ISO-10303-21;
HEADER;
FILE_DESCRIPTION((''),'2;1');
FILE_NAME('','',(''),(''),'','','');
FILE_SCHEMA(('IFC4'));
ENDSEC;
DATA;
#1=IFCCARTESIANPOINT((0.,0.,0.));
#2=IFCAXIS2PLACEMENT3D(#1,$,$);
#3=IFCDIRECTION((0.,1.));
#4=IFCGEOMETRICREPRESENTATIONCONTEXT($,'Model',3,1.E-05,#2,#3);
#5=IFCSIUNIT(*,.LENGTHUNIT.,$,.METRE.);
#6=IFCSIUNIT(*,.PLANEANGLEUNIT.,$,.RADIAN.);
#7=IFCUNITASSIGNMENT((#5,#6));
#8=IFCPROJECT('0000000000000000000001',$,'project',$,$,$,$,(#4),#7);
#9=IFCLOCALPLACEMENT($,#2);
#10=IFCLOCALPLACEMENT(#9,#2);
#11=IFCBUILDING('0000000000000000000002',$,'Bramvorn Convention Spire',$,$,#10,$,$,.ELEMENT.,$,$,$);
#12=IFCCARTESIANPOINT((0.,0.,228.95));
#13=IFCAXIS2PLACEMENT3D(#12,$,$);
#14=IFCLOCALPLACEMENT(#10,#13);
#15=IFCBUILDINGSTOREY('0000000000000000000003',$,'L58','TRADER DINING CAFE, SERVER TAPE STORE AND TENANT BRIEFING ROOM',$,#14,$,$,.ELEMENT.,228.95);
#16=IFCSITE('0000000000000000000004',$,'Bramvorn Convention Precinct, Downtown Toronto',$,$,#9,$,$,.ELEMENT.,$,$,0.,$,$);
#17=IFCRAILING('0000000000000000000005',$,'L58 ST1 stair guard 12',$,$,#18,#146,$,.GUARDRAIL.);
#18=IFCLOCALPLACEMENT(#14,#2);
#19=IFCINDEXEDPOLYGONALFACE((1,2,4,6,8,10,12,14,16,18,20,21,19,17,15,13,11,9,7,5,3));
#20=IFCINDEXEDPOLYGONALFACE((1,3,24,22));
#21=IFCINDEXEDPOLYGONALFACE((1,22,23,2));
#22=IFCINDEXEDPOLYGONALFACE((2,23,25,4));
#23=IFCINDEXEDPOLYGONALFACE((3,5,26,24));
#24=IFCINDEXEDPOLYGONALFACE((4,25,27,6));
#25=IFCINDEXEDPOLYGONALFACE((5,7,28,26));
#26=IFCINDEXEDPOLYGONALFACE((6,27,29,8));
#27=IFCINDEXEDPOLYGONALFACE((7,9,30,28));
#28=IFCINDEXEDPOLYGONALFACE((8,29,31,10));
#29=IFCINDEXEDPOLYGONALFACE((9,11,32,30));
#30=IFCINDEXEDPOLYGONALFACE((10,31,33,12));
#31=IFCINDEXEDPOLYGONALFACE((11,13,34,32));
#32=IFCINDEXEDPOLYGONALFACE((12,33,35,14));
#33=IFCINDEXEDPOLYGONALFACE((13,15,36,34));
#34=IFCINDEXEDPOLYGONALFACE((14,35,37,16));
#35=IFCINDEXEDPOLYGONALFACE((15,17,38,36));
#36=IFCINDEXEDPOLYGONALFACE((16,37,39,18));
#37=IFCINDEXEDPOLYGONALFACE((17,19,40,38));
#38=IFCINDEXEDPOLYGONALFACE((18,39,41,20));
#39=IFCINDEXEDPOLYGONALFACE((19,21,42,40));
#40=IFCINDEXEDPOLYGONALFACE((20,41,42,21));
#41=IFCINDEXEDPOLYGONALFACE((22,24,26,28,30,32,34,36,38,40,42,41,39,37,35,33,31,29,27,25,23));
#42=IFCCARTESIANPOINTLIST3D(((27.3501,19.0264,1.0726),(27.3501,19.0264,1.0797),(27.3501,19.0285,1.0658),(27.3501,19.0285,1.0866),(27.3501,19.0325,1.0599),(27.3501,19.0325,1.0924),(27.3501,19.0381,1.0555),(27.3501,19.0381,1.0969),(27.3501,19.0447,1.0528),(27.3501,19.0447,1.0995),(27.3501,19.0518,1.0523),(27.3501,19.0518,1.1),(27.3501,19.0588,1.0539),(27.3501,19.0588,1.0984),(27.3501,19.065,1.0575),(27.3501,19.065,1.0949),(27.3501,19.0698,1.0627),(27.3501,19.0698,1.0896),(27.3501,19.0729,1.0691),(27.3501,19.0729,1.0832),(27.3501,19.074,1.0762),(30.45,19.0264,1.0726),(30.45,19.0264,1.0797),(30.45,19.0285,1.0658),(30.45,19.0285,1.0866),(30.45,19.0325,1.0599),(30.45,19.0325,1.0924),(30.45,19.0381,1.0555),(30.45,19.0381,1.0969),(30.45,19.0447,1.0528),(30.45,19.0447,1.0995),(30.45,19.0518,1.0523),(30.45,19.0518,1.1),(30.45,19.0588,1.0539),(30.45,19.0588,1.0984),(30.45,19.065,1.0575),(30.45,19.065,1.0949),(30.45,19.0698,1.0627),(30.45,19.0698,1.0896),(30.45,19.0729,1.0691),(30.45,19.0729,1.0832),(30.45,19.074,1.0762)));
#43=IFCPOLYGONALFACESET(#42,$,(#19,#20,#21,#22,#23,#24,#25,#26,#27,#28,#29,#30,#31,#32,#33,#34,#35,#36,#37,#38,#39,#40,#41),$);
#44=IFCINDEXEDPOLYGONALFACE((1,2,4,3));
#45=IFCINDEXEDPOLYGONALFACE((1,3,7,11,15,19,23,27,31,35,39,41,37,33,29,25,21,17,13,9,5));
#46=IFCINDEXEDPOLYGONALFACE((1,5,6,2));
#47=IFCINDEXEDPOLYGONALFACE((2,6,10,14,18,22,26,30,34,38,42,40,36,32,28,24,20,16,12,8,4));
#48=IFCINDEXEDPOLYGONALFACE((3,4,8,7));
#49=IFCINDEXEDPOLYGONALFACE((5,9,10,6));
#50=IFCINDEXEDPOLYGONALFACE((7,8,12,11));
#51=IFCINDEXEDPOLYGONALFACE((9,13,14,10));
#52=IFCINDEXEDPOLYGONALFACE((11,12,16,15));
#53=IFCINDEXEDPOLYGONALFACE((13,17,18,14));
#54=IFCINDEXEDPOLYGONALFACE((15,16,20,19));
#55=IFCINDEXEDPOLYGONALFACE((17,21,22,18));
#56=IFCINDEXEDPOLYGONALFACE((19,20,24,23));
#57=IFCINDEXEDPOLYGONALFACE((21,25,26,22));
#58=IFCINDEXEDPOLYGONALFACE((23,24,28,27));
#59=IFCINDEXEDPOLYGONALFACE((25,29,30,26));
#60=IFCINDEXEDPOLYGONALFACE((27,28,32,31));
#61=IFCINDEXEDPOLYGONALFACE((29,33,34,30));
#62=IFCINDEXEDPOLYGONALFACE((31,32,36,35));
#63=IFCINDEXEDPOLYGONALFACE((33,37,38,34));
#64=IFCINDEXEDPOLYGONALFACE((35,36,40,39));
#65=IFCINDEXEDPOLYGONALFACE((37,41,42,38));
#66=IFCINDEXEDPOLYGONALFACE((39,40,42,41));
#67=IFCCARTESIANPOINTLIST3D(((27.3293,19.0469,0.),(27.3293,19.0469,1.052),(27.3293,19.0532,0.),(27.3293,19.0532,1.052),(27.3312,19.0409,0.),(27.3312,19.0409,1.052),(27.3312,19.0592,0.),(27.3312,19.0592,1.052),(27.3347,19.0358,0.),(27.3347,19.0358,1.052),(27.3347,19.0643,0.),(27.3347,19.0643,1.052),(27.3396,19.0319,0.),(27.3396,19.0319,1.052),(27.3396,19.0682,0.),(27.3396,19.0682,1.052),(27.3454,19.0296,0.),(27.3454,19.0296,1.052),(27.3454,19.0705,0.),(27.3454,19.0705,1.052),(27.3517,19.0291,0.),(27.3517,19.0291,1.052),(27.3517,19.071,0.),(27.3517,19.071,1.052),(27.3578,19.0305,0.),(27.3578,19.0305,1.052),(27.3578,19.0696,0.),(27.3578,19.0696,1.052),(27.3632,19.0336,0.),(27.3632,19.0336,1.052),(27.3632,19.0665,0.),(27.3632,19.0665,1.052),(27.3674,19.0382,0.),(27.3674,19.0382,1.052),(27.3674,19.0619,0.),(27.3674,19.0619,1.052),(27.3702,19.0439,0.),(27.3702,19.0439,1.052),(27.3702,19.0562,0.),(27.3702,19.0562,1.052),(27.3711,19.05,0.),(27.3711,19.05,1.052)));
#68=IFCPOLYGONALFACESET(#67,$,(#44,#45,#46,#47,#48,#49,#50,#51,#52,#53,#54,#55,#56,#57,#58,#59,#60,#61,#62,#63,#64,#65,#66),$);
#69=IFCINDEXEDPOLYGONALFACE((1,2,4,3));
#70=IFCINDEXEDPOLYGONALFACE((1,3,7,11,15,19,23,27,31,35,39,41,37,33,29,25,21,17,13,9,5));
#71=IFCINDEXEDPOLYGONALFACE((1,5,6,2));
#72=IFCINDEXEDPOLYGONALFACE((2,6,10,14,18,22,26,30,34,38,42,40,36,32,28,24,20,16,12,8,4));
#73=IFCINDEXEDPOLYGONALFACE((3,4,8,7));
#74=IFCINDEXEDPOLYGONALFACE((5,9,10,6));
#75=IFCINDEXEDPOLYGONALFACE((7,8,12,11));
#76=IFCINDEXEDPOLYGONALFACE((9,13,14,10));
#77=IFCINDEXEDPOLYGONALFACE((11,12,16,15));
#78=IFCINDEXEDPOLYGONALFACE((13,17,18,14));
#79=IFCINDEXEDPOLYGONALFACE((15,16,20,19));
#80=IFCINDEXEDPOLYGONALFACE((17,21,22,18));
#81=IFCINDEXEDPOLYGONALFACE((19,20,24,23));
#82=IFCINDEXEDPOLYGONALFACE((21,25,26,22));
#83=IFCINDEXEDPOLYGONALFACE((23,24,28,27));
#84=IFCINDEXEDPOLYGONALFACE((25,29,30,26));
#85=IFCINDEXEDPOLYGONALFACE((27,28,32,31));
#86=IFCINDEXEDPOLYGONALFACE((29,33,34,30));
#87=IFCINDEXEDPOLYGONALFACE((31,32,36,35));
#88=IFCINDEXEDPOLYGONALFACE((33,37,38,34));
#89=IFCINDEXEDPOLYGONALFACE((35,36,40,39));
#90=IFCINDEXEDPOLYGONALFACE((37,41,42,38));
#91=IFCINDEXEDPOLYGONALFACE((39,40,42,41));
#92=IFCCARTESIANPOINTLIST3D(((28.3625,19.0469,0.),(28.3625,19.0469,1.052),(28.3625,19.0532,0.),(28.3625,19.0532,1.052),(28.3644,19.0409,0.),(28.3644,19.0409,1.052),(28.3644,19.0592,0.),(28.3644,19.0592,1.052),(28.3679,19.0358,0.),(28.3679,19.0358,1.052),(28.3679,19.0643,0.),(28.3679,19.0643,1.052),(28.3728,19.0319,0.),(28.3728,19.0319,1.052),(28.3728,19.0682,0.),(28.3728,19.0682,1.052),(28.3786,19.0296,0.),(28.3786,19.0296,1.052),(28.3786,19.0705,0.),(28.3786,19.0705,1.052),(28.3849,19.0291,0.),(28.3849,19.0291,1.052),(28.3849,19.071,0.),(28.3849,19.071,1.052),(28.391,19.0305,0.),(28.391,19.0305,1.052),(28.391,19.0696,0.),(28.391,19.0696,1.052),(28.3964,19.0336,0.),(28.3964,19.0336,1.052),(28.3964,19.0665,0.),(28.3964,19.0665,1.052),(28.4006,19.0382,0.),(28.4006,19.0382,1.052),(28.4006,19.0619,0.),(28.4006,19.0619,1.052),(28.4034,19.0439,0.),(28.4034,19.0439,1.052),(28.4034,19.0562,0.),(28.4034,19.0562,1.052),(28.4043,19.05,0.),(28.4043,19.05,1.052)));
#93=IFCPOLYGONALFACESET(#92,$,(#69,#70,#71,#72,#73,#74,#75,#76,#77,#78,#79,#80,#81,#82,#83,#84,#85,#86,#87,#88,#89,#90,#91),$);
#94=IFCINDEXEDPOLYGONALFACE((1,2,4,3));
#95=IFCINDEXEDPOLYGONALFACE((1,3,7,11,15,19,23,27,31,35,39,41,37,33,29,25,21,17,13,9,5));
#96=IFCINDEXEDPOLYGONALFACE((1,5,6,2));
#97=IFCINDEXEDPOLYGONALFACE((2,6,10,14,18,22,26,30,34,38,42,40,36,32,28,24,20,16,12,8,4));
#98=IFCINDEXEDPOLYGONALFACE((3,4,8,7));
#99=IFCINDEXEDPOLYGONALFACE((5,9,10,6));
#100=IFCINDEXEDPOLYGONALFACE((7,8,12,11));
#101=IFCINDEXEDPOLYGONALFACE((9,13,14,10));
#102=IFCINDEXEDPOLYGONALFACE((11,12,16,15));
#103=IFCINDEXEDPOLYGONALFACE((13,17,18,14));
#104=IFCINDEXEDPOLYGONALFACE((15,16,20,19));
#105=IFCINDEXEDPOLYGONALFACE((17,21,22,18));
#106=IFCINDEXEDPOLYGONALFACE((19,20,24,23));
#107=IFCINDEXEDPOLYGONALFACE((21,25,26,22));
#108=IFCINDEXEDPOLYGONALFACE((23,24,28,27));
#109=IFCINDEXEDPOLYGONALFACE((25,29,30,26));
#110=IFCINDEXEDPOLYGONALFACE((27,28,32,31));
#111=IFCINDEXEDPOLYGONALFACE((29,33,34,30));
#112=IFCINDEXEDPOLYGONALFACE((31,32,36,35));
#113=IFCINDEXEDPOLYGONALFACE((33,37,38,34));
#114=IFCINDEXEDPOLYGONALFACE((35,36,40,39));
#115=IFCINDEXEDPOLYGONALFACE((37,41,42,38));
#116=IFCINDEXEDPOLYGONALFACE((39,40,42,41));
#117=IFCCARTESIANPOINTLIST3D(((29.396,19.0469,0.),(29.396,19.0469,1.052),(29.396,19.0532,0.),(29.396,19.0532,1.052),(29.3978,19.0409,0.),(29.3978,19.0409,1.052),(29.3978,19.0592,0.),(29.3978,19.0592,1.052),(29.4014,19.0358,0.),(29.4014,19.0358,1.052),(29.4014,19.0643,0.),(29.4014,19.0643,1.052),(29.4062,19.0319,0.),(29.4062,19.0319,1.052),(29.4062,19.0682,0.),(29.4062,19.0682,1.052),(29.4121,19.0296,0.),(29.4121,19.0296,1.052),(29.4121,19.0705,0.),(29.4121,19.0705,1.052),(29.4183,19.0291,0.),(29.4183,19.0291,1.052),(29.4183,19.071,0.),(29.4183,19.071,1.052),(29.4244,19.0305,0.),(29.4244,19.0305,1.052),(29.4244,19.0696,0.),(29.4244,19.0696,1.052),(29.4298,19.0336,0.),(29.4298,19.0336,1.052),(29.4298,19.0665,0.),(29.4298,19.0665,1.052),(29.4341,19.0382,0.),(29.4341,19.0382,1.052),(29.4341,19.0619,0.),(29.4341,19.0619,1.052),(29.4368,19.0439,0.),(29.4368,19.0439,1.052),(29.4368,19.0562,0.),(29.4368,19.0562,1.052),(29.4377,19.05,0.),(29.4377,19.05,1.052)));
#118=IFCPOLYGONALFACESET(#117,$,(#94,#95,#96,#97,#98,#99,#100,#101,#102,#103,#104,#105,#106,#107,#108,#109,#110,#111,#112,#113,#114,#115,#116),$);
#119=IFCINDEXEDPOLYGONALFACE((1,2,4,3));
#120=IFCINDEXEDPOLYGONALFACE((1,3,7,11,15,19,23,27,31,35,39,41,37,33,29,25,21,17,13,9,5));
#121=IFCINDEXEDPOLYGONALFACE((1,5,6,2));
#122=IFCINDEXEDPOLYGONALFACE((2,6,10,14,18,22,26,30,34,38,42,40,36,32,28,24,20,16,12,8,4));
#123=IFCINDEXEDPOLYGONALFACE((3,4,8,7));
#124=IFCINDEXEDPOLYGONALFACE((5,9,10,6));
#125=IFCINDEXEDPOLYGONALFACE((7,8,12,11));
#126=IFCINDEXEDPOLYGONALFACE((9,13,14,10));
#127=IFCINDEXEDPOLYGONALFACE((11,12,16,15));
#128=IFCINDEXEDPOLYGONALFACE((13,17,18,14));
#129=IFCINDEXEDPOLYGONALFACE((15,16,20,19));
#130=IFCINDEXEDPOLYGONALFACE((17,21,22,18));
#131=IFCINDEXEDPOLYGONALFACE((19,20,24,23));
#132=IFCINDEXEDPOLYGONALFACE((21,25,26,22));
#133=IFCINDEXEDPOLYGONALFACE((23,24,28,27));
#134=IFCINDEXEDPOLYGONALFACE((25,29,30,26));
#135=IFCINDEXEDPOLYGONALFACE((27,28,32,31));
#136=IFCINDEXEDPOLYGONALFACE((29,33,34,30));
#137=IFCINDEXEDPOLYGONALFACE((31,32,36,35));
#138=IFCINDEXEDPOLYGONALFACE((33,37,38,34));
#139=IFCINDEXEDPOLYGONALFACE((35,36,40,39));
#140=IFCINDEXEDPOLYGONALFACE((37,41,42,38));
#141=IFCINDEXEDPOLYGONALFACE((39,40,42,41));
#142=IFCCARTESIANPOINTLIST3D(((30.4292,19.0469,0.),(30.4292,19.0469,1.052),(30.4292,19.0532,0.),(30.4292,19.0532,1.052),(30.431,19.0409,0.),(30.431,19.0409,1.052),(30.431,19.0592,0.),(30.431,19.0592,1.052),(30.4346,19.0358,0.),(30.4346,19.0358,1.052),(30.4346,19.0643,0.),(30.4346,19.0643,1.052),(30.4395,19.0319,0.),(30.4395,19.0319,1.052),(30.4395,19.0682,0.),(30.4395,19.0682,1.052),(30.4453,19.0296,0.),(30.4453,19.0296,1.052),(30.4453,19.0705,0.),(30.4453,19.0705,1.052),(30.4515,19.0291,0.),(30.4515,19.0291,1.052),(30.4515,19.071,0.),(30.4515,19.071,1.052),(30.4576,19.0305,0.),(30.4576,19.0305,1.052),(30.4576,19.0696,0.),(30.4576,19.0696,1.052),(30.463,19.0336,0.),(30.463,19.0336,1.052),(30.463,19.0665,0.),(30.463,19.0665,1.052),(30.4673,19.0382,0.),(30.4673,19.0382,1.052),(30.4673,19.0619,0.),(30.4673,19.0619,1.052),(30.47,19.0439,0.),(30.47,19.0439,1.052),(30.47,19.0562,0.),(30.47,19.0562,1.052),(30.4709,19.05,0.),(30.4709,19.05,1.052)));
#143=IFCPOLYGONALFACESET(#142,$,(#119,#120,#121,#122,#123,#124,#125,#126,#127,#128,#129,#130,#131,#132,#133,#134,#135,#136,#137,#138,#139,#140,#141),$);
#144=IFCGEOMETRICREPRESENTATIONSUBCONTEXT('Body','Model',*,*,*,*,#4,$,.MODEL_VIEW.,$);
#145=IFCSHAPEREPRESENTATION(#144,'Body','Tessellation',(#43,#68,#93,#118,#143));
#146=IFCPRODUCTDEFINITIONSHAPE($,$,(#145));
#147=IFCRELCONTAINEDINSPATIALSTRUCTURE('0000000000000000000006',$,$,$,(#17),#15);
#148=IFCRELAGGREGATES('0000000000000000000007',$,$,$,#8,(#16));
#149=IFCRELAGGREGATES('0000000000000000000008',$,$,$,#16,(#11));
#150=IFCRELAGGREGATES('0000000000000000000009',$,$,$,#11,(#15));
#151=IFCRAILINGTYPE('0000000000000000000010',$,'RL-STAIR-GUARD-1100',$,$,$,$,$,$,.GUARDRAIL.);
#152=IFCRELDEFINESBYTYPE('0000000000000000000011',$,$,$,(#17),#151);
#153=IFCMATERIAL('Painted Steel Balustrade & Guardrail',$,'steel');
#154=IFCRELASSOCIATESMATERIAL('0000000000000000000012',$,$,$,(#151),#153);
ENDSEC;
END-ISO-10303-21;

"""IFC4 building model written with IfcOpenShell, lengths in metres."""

from ifc_helpers import new_model, si_unit, direction, frame, origin, origin_2d, place, context, subcontext, project, spatial, circle, extrude, material, type_object, element, save


model = new_model("IFC4")

# Units and contexts
model_context = context("Model", 3, precision=1e-05, world=origin(), true_north=direction((0.0, 1.0)))
body_context = subcontext(model_context, "Body", "Model", "MODEL_VIEW")
ifc_project = project(units=[si_unit("LENGTHUNIT", "METRE"), si_unit("PLANEANGLEUNIT", "RADIAN")], contexts=[model_context])

# Site, building, storey
site_placement = place(None, origin())
site = spatial("IfcSite", under=ifc_project, at=site_placement, Name="Bramvorn Convention Precinct, Downtown Toronto", CompositionType="ELEMENT", RefElevation=0.0)
building_placement = place(site_placement, origin())
building = spatial("IfcBuilding", under=site, at=building_placement, Name="Bramvorn Convention Spire", CompositionType="ELEMENT")
storey_placement = place(building_placement, frame((0.0, 0.0, 228.95)))
storey = spatial("IfcBuildingStorey", under=building, at=storey_placement, Name="L58", Description="TRADER DINING CAFE, SERVER TAPE STORE AND TENANT BRIEFING ROOM", CompositionType="ELEMENT", Elevation=228.95)

# Railing
ifc_material_1 = material(Name="Painted Steel Balustrade & Guardrail", Category="steel")
railing_type = type_object("IfcRailingType", Name="RL-STAIR-GUARD-1100", PredefinedType="GUARDRAIL", material=ifc_material_1)
railing_1_placement = place(storey_placement, frame((27.3501, 19.05, 0.0)))
element("IfcRailing", 1, at=railing_1_placement, inside=storey, type_object=railing_type, Name="L58 ST1 stair guard 12", PredefinedType="GUARDRAIL", context=body_context, shape_type="SweptSolid", body=[
    extrude(circle(Radius=0.0239, at=origin_2d()), frame((0.0, 0.0, 1.0762), z_axis=(1.0, 0.0, 0.0), x_axis=(0.0, 1.0, 0.0)), (0.0, 0.0, 1.0), 3.0999),
    extrude(circle(Radius=0.021, at=origin_2d()), origin(), (0.0, 0.0, 1.0), 1.052),
    extrude(circle(Radius=0.021, at=origin_2d()), frame((1.0332, 0.0, 0.0)), (0.0, 0.0, 1.0), 1.052),
    extrude(circle(Radius=0.021, at=origin_2d()), frame((2.0667, 0.0, 0.0)), (0.0, 0.0, 1.0), 1.052),
    extrude(circle(Radius=0.021, at=origin_2d()), frame((3.0999, 0.0, 0.0)), (0.0, 0.0, 1.0), 1.052),
])

save(model, "model.ifc")
